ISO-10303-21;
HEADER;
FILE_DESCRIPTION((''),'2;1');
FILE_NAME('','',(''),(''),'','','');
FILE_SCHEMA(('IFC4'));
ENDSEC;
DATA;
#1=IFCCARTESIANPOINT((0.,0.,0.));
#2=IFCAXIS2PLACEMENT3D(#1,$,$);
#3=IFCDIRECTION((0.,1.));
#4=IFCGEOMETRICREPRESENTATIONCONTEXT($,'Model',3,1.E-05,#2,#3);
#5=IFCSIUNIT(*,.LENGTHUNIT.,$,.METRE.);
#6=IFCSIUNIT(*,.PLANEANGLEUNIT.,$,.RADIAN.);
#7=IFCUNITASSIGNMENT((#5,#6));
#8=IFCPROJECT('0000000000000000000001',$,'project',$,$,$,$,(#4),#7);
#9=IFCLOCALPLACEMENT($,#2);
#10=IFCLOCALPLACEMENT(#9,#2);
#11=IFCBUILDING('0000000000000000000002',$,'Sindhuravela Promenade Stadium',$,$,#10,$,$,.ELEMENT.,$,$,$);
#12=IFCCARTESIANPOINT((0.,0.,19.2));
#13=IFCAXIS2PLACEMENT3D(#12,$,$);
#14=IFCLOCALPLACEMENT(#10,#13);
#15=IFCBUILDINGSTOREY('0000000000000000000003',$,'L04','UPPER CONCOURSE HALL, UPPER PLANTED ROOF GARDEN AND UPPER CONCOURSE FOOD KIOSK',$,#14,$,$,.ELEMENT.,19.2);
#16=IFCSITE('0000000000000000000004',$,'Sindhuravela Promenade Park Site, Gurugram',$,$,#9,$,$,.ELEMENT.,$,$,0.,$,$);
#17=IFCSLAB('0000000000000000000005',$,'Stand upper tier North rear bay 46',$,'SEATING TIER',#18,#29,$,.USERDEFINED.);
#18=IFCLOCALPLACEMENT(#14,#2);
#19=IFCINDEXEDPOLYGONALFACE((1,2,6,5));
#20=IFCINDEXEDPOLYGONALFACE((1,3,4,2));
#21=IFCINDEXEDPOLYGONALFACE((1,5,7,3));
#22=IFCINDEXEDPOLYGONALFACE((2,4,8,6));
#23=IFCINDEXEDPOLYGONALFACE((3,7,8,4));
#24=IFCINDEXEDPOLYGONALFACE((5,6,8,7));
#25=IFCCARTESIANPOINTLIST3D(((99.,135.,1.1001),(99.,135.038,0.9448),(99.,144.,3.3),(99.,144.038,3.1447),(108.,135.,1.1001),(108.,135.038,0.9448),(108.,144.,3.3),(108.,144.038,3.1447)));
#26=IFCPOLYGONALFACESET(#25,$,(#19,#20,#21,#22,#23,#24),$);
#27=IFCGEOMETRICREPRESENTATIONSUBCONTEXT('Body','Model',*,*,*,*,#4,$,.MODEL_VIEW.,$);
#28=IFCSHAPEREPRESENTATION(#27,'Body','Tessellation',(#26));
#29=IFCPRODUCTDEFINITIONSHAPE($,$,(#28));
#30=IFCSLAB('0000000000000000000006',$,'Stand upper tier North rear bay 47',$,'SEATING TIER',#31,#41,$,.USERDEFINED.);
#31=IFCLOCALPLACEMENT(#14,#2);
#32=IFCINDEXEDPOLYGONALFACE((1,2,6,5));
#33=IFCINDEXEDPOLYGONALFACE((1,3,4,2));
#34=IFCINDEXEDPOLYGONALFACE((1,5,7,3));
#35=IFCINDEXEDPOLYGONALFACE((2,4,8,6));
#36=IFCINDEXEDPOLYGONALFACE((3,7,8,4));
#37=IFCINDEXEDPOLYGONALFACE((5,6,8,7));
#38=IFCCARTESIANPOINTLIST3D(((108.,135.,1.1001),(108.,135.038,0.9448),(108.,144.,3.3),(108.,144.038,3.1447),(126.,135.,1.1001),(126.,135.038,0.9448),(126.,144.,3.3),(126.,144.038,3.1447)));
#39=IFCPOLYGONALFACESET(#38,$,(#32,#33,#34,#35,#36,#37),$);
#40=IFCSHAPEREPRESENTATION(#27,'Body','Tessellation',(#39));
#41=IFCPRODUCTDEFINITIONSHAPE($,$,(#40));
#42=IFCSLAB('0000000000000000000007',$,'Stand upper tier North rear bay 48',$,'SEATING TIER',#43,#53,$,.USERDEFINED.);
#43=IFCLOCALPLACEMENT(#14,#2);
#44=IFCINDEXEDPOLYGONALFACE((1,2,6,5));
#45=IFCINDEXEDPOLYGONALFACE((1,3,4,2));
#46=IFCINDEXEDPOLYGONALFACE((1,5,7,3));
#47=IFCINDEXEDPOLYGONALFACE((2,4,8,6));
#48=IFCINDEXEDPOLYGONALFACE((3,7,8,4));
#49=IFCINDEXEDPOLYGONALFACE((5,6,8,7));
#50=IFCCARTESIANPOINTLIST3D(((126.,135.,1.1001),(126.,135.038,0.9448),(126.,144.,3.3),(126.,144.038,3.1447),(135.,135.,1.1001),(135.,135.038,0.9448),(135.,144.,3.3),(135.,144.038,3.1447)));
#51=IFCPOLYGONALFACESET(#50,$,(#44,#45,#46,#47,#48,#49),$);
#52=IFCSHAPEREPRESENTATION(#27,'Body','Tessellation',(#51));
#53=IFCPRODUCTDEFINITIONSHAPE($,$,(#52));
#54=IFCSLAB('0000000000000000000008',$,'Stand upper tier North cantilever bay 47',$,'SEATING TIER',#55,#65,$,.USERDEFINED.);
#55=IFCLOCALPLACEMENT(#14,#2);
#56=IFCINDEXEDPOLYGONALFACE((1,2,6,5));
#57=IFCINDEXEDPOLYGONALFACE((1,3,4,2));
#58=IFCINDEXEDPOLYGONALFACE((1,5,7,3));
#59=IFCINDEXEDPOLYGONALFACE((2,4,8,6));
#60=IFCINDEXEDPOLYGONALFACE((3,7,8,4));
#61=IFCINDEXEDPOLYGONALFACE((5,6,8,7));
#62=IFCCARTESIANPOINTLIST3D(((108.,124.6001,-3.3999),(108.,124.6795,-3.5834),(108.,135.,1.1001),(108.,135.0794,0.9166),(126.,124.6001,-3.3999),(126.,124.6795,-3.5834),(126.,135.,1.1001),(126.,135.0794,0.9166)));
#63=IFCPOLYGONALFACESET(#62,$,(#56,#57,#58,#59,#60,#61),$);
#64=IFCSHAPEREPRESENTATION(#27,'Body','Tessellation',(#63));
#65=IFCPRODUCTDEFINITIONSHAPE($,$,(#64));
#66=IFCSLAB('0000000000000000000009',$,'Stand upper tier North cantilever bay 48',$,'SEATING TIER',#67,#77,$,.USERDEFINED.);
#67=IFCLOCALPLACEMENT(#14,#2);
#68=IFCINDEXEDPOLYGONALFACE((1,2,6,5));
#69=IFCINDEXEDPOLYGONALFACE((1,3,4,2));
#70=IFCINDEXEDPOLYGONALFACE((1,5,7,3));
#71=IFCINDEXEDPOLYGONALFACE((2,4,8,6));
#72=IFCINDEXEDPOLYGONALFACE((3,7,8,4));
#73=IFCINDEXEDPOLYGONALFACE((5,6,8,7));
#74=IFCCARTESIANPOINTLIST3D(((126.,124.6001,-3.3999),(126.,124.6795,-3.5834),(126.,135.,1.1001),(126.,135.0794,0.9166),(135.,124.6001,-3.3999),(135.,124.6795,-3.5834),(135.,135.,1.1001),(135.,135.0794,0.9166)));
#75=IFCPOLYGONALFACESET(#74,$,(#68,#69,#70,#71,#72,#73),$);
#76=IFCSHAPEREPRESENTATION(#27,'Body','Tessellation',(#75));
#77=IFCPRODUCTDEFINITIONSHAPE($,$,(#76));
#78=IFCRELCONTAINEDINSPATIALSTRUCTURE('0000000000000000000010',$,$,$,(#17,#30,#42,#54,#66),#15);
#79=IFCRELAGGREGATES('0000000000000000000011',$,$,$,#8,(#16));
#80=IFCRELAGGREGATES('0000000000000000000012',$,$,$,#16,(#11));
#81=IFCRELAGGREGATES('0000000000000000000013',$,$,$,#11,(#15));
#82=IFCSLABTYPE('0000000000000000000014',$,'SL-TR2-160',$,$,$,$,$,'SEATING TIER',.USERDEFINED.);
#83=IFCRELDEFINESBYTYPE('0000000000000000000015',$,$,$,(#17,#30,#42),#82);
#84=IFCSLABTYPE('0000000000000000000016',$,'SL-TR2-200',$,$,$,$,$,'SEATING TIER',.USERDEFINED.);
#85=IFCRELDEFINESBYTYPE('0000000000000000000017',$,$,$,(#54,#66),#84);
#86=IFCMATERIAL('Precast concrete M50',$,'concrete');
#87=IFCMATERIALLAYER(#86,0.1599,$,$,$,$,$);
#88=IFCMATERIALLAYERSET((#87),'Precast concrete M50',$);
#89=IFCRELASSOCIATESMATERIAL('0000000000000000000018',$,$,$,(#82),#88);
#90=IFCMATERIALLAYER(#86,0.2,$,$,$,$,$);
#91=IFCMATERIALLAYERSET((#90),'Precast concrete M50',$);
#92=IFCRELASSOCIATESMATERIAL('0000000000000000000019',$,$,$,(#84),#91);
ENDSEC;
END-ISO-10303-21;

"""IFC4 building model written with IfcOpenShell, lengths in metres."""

from ifc_helpers import new_model, si_unit, direction, frame, origin, place, context, subcontext, project, spatial, polyline, outline, extrude, material, layer, layer_set, type_object, element, save


model = new_model("IFC4")

# Units and contexts
model_context = context("Model", 3, precision=1e-05, world=origin(), true_north=direction((0.0, 1.0)))
body_context = subcontext(model_context, "Body", "Model", "MODEL_VIEW")
ifc_project = project(units=[si_unit("LENGTHUNIT", "METRE"), si_unit("PLANEANGLEUNIT", "RADIAN")], contexts=[model_context])

# Site, building, storey
site_placement = place(None, origin())
site = spatial("IfcSite", under=ifc_project, at=site_placement, Name="Sindhuravela Promenade Park Site, Gurugram", CompositionType="ELEMENT", RefElevation=0.0)
building_placement = place(site_placement, origin())
building = spatial("IfcBuilding", under=site, at=building_placement, Name="Sindhuravela Promenade Stadium", CompositionType="ELEMENT")
storey_placement = place(building_placement, frame((0.0, 0.0, 19.2)))
storey = spatial("IfcBuildingStorey", under=building, at=storey_placement, Name="L04", Description="UPPER CONCOURSE HALL, UPPER PLANTED ROOF GARDEN AND UPPER CONCOURSE FOOD KIOSK", CompositionType="ELEMENT", Elevation=19.2)

# Slabs
ifc_material_1 = material(Name="Precast concrete M50", Category="concrete")
ifc_layer_1 = layer(ifc_material_1, 0.1599)
ifc_layer_set_1 = layer_set([ifc_layer_1], Name="Precast concrete M50")
slab_type_1 = type_object("IfcSlabType", Name="SL-TR2-160", ElementType="SEATING TIER", PredefinedType="USERDEFINED", material=ifc_layer_set_1)
slab_1_placement = place(storey_placement, frame((99.0, 135.0, 1.1001), z_axis=(0.0, -0.237448, 0.9714), x_axis=(1.0, 0.0, 0.0)))
element("IfcSlab", 1, at=slab_1_placement, inside=storey, type_object=slab_type_1, Name="Stand upper tier North rear bay 46", ObjectType="SEATING TIER", PredefinedType="USERDEFINED", context=body_context, shape_type="SweptSolid", body=[
    extrude(outline(polyline([(0.0, 0.0), (9.0, 0.0), (9.0, 9.265), (0.0, 9.265), (0.0, 0.0)])), origin(), (0.0, 0.0, -1.0), 0.1599),
])
slab_2_placement = place(storey_placement, frame((108.0, 135.0, 1.1001), z_axis=(0.0, -0.237448, 0.9714), x_axis=(1.0, 0.0, 0.0)))
element("IfcSlab", 2, at=slab_2_placement, inside=storey, type_object=slab_type_1, Name="Stand upper tier North rear bay 47", ObjectType="SEATING TIER", PredefinedType="USERDEFINED", context=body_context, shape_type="SweptSolid", body=[
    extrude(outline(polyline([(0.0, 0.0), (18.0, 0.0), (18.0, 9.265), (0.0, 9.265), (0.0, 0.0)])), origin(), (0.0, 0.0, -1.0), 0.1599),
])
slab_3_placement = place(storey_placement, frame((126.0, 135.0, 1.1001), z_axis=(0.0, -0.237448, 0.9714), x_axis=(1.0, 0.0, 0.0)))
element("IfcSlab", 3, at=slab_3_placement, inside=storey, type_object=slab_type_1, Name="Stand upper tier North rear bay 48", ObjectType="SEATING TIER", PredefinedType="USERDEFINED", context=body_context, shape_type="SweptSolid", body=[
    extrude(outline(polyline([(0.0, 0.0), (9.0, 0.0), (9.0, 9.265), (0.0, 9.265), (0.0, 0.0)])), origin(), (0.0, 0.0, -1.0), 0.1599),
])
ifc_layer_2 = layer(ifc_material_1, 0.2)
ifc_layer_set_2 = layer_set([ifc_layer_2], Name="Precast concrete M50")
slab_type_2 = type_object("IfcSlabType", Name="SL-TR2-200", ElementType="SEATING TIER", PredefinedType="USERDEFINED", material=ifc_layer_set_2)
slab_4_placement = place(storey_placement, frame((108.0, 124.6001, -3.3999), z_axis=(0.0, -0.397115, 0.917769), x_axis=(1.0, 0.0, 0.0)))
element("IfcSlab", 4, at=slab_4_placement, inside=storey, type_object=slab_type_2, Name="Stand upper tier North cantilever bay 47", ObjectType="SEATING TIER", PredefinedType="USERDEFINED", context=body_context, shape_type="SweptSolid", body=[
    extrude(outline(polyline([(0.0, 0.0), (18.0, 0.0), (18.0, 11.3317), (0.0, 11.3317), (0.0, 0.0)])), origin(), (0.0, 0.0, -1.0), 0.2),
])
slab_5_placement = place(storey_placement, frame((126.0, 124.6001, -3.3999), z_axis=(0.0, -0.397115, 0.917769), x_axis=(1.0, 0.0, 0.0)))
element("IfcSlab", 5, at=slab_5_placement, inside=storey, type_object=slab_type_2, Name="Stand upper tier North cantilever bay 48", ObjectType="SEATING TIER", PredefinedType="USERDEFINED", context=body_context, shape_type="SweptSolid", body=[
    extrude(outline(polyline([(0.0, 0.0), (9.0, 0.0), (9.0, 11.3317), (0.0, 11.3317), (0.0, 0.0)])), origin(), (0.0, 0.0, -1.0), 0.2),
])

save(model, "model.ifc")
